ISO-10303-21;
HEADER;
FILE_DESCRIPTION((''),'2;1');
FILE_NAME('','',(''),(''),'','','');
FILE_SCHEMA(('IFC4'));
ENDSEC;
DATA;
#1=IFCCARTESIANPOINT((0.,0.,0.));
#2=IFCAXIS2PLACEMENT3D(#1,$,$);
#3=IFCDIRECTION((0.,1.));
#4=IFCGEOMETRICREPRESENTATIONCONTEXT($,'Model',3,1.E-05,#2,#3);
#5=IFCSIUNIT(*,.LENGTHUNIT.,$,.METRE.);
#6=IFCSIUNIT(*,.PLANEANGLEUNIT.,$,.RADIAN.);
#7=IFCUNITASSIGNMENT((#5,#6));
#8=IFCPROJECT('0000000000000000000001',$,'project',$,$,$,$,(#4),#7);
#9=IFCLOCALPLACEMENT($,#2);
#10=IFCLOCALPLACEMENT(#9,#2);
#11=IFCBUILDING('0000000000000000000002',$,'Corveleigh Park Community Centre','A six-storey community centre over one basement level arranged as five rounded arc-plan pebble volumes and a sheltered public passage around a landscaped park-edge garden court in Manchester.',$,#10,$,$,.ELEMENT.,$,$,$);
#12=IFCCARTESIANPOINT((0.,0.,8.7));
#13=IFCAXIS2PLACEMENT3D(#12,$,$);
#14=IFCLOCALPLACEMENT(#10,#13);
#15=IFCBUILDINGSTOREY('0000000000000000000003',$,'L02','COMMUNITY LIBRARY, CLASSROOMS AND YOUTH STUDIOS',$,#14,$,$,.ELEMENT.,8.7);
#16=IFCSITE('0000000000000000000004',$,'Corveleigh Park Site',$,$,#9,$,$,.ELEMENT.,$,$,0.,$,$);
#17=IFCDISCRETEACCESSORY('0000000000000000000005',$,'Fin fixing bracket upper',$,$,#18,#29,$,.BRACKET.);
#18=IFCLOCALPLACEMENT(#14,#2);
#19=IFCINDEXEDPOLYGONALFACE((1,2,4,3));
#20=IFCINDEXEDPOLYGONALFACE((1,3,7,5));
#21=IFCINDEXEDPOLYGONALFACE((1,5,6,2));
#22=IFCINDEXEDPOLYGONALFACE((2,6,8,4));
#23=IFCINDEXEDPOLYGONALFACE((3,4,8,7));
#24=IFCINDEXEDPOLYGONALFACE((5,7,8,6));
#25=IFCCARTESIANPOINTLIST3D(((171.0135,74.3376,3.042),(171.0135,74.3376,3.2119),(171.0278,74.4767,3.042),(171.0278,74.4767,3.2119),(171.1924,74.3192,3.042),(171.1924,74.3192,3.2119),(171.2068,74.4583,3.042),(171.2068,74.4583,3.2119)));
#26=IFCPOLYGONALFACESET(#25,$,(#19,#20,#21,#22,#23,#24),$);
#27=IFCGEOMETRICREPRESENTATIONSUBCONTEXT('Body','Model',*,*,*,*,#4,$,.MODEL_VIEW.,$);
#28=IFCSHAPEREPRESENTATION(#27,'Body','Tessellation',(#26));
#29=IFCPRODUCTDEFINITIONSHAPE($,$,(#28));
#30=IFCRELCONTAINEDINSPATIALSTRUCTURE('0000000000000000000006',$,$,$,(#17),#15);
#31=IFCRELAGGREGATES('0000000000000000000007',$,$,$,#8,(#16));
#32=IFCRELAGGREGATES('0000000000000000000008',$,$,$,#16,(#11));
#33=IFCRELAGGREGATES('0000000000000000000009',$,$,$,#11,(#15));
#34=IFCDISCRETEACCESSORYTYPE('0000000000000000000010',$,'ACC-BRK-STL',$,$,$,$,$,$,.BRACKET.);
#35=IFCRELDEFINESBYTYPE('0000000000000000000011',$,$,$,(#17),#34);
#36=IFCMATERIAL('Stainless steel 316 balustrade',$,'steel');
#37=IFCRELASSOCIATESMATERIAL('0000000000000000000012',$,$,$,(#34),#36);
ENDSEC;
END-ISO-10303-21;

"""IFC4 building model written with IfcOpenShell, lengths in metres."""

from ifc_helpers import new_model, si_unit, direction, frame, origin, origin_2d, place, context, subcontext, project, spatial, rectangle, extrude, material, type_object, element, save


model = new_model("IFC4")

# Units and contexts
model_context = context("Model", 3, precision=1e-05, world=origin(), true_north=direction((0.0, 1.0)))
body_context = subcontext(model_context, "Body", "Model", "MODEL_VIEW")
ifc_project = project(units=[si_unit("LENGTHUNIT", "METRE"), si_unit("PLANEANGLEUNIT", "RADIAN")], contexts=[model_context])

# Site, building, storey
site_placement = place(None, origin())
site = spatial("IfcSite", under=ifc_project, at=site_placement, Name="Corveleigh Park Site", CompositionType="ELEMENT", RefElevation=0.0)
building_placement = place(site_placement, origin())
building = spatial("IfcBuilding", under=site, at=building_placement, Name="Corveleigh Park Community Centre", Description="A six-storey community centre over one basement level arranged as five rounded arc-plan pebble volumes and a sheltered public passage around a landscaped park-edge garden court in Manchester.", CompositionType="ELEMENT")
storey_placement = place(building_placement, frame((0.0, 0.0, 8.7)))
storey = spatial("IfcBuildingStorey", under=building, at=storey_placement, Name="L02", Description="COMMUNITY LIBRARY, CLASSROOMS AND YOUTH STUDIOS", CompositionType="ELEMENT", Elevation=8.7)

# Discrete accessory
ifc_material_1 = material(Name="Stainless steel 316 balustrade", Category="steel")
discrete_accessory_type = type_object("IfcDiscreteAccessoryType", Name="ACC-BRK-STL", PredefinedType="BRACKET", material=ifc_material_1)
for number, where, z_axis, x_axis, name in (
    (1, (171.1101, 74.3979, 3.042), (0.0, 0.0, 1.0), (0.994752, -0.102312, 0.0), "Fin fixing bracket upper"),
):
    element("IfcDiscreteAccessory", number, at=place(storey_placement, frame(where, z_axis=z_axis, x_axis=x_axis)), inside=storey, type_object=discrete_accessory_type, Name=name, PredefinedType="BRACKET", context=body_context, shape_type="SweptSolid", body=[
        extrude(rectangle(XDim=0.1799, YDim=0.1399, at=origin_2d()), origin(), (0.0, 0.0, 1.0), 0.1699),
    ])

save(model, "model.ifc")
